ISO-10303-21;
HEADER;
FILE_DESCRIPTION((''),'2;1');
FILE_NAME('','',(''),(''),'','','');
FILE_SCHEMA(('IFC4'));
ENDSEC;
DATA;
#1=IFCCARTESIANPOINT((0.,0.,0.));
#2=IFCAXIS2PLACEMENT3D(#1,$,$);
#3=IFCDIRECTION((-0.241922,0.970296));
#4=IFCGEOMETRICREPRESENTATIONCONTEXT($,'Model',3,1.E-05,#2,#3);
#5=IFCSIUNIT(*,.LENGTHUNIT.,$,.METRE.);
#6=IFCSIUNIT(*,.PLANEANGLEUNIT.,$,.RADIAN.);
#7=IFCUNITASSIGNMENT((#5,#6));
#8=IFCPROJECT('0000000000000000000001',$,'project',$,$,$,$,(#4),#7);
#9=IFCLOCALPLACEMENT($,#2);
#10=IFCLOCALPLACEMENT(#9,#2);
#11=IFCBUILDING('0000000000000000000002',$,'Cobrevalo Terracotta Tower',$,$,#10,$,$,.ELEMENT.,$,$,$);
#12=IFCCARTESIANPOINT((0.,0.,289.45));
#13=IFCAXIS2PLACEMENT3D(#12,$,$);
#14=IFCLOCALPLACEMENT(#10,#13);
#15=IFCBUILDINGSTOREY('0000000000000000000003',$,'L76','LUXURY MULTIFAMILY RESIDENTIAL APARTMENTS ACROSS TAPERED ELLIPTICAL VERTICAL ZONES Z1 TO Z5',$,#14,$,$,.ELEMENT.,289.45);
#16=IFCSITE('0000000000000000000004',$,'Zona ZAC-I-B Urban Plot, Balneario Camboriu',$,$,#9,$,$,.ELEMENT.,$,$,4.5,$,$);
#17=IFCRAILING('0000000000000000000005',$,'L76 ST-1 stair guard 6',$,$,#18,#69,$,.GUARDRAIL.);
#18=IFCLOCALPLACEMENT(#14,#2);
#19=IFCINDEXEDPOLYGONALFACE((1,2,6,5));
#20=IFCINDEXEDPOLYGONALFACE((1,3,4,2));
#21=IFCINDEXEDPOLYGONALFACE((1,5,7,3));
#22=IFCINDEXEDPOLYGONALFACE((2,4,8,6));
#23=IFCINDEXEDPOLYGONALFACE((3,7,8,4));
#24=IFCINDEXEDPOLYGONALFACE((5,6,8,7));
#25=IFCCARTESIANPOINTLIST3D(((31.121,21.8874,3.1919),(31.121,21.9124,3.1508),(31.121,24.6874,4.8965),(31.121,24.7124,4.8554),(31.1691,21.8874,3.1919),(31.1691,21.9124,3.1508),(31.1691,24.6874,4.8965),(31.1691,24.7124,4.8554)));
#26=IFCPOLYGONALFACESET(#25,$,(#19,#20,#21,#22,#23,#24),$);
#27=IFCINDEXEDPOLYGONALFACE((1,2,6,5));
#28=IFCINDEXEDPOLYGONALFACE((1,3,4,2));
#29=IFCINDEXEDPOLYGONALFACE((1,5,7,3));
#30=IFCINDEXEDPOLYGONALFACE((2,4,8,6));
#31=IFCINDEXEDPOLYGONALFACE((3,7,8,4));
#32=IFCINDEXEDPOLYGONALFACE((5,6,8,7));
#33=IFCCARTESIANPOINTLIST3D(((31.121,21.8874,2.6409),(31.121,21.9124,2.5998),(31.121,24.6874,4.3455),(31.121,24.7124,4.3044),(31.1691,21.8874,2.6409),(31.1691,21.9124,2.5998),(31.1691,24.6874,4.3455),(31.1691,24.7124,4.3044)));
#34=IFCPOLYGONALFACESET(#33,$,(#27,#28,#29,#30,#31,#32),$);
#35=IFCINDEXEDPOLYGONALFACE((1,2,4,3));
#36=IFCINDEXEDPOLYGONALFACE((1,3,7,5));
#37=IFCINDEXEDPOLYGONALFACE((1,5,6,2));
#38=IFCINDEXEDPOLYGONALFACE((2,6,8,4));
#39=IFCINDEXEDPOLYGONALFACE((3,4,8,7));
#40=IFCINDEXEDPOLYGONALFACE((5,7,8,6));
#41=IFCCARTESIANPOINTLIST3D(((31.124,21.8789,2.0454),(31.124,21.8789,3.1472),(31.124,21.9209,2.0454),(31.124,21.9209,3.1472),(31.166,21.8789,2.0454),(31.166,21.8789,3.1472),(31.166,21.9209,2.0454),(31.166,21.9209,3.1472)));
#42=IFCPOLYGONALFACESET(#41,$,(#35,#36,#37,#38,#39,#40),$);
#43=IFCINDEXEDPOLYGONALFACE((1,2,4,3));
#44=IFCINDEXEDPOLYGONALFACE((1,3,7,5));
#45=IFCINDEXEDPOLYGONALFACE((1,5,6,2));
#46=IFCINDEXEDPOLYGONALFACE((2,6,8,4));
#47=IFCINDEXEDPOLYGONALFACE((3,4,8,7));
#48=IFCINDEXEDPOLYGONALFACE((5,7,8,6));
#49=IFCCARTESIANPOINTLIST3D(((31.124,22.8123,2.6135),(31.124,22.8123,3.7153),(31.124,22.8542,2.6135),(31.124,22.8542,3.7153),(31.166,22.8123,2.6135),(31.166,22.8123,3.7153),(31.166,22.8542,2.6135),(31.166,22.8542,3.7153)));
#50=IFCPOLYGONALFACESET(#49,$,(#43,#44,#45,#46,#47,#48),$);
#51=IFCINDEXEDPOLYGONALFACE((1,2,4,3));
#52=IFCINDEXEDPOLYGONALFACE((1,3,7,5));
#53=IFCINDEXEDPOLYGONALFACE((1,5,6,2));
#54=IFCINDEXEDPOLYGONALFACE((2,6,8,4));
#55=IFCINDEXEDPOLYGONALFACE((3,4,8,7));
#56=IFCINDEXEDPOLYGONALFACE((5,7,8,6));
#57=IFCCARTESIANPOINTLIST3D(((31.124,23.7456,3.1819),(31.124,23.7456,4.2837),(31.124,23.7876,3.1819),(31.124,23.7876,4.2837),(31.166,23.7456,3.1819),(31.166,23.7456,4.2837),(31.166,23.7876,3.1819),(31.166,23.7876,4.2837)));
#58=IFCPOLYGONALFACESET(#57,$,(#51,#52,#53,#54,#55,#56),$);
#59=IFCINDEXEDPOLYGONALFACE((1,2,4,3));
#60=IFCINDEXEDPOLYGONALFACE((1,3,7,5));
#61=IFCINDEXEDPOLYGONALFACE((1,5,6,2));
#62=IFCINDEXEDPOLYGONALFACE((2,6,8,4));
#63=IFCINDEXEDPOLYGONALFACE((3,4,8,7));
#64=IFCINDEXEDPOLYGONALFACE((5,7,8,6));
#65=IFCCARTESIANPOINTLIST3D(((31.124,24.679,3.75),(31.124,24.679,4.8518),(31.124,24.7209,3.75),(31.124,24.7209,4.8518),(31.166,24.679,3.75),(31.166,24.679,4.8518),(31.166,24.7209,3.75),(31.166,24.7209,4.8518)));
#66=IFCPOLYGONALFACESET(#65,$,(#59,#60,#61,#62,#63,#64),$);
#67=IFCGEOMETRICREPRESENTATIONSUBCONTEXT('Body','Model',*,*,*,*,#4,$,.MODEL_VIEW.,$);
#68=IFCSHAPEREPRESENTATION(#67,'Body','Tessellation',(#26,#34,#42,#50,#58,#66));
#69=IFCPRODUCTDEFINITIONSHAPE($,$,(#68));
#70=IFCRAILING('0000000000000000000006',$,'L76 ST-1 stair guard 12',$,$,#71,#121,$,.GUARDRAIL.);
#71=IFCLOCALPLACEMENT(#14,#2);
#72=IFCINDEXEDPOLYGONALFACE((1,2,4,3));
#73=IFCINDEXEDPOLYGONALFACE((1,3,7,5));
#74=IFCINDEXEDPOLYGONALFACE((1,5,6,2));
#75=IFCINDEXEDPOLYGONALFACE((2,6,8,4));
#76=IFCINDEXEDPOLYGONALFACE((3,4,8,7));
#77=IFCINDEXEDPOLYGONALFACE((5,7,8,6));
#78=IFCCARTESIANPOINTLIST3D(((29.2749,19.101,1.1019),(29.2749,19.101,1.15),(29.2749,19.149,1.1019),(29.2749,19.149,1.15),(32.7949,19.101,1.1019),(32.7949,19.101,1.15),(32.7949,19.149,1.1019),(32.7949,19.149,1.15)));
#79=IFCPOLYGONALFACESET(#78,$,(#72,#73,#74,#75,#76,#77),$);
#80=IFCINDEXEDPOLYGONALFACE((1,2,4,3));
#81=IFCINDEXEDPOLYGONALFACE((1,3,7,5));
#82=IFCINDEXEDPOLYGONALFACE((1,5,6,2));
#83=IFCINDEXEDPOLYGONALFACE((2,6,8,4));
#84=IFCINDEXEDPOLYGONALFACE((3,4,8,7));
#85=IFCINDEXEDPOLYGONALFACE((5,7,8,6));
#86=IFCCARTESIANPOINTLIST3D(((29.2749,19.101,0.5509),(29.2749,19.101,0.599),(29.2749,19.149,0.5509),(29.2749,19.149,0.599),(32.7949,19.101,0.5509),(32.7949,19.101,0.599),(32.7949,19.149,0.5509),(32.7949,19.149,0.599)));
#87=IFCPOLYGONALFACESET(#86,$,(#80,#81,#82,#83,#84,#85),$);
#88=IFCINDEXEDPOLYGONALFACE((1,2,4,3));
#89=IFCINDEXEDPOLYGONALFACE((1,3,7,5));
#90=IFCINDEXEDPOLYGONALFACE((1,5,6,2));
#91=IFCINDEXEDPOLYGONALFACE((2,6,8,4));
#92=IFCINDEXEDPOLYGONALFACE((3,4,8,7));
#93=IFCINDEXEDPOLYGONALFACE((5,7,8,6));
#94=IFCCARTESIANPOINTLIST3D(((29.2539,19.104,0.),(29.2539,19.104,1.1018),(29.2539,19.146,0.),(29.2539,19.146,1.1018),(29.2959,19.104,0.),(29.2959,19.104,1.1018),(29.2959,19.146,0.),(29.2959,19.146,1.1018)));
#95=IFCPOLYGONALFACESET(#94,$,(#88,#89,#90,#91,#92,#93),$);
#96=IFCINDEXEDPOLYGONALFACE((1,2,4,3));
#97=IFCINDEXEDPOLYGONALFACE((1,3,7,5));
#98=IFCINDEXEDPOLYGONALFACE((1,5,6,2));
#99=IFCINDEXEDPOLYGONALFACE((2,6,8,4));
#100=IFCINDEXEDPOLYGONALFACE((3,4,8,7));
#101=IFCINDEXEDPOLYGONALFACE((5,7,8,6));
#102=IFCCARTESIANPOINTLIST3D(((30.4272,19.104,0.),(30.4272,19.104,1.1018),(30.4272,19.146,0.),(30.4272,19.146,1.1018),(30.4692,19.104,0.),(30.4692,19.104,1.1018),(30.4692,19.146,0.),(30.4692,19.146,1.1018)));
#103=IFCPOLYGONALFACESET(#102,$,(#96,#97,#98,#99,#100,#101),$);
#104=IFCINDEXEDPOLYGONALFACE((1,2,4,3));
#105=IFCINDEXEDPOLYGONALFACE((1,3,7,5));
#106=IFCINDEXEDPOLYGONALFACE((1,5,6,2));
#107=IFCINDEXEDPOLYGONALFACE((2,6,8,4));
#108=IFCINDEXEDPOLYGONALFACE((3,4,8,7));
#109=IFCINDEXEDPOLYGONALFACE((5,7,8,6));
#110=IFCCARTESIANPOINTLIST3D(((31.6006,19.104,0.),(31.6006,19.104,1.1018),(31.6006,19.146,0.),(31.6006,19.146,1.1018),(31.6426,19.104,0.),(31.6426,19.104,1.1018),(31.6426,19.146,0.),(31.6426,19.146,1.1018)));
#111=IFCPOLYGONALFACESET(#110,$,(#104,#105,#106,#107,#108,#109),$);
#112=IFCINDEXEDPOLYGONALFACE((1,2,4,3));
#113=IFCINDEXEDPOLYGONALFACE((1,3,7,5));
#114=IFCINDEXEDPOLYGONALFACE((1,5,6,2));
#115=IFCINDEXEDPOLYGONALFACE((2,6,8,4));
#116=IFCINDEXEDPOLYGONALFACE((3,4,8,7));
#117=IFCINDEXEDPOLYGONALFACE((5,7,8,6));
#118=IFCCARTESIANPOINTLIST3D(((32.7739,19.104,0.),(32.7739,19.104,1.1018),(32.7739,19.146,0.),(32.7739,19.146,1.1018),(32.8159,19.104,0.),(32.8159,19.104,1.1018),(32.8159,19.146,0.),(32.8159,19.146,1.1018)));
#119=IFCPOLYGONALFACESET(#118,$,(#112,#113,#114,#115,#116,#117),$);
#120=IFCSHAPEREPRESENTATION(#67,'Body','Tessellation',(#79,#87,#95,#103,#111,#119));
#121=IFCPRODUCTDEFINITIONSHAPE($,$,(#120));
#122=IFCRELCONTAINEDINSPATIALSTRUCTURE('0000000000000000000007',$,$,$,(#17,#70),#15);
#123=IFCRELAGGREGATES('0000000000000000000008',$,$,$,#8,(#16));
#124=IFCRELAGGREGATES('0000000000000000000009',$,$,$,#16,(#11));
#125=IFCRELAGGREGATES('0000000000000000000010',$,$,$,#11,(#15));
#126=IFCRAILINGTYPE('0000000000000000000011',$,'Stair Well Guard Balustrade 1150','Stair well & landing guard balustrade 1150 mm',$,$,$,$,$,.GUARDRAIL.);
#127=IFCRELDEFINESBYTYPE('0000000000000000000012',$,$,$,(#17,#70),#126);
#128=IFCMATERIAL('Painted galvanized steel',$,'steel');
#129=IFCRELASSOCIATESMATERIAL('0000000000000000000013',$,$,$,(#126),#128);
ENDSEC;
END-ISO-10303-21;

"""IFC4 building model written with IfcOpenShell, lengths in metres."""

from ifc_helpers import new_model, si_unit, direction, frame, origin, origin_2d, place, context, subcontext, project, spatial, rectangle, extrude, material, type_object, element, save


model = new_model("IFC4")

# Units and contexts
model_context = context("Model", 3, precision=1e-05, world=origin(), true_north=direction((-0.241922, 0.970296)))
body_context = subcontext(model_context, "Body", "Model", "MODEL_VIEW")
ifc_project = project(units=[si_unit("LENGTHUNIT", "METRE"), si_unit("PLANEANGLEUNIT", "RADIAN")], contexts=[model_context])

# Site, building, storey
site_placement = place(None, origin())
site = spatial("IfcSite", under=ifc_project, at=site_placement, Name="Zona ZAC-I-B Urban Plot, Balneario Camboriu", CompositionType="ELEMENT", RefElevation=4.5)
building_placement = place(site_placement, origin())
building = spatial("IfcBuilding", under=site, at=building_placement, Name="Cobrevalo Terracotta Tower", CompositionType="ELEMENT")
storey_placement = place(building_placement, frame((0.0, 0.0, 289.45)))
storey = spatial("IfcBuildingStorey", under=building, at=storey_placement, Name="L76", Description="LUXURY MULTIFAMILY RESIDENTIAL APARTMENTS ACROSS TAPERED ELLIPTICAL VERTICAL ZONES Z1 TO Z5", CompositionType="ELEMENT", Elevation=289.45)

# Railings
ifc_material_1 = material(Name="Painted galvanized steel", Category="steel")
railing_type_1 = type_object("IfcRailingType", Name="Stair Well Guard Balustrade 1150", Description="Stair well & landing guard balustrade 1150 mm", PredefinedType="GUARDRAIL", material=ifc_material_1)
railing_1_placement = place(storey_placement, frame((31.145, 21.8999, 2.0454)))
element("IfcRailing", 1, at=railing_1_placement, inside=storey, type_object=railing_type_1, Name="L76 ST-1 stair guard 6", PredefinedType="GUARDRAIL", context=body_context, shape_type="SweptSolid", body=[
    extrude(rectangle(XDim=0.0481, YDim=0.0481, at=origin_2d()), frame((0.0, 0.0, 1.126), z_axis=(0.0, 0.85417, 0.519994), x_axis=(-1.0, 0.0, 0.0)), (0.0, 0.0, 1.0), 3.2781),
    extrude(rectangle(XDim=0.0481, YDim=0.0481, at=origin_2d()), frame((0.0, 0.0, 0.575), z_axis=(0.0, 0.85417, 0.519994), x_axis=(-1.0, 0.0, 0.0)), (0.0, 0.0, 1.0), 3.2781),
    extrude(rectangle(XDim=0.042, YDim=0.042, at=origin_2d()), origin(), (0.0, 0.0, 1.0), 1.1018),
    extrude(rectangle(XDim=0.042, YDim=0.042, at=origin_2d()), frame((0.0, 0.9333, 0.5681)), (0.0, 0.0, 1.0), 1.1018),
    extrude(rectangle(XDim=0.042, YDim=0.042, at=origin_2d()), frame((0.0, 1.8667, 1.1365)), (0.0, 0.0, 1.0), 1.1018),
    extrude(rectangle(XDim=0.042, YDim=0.042, at=origin_2d()), frame((0.0, 2.8, 1.7046)), (0.0, 0.0, 1.0), 1.1018),
])
railing_2_placement = place(storey_placement, frame((29.2749, 19.125, 0.0)))
element("IfcRailing", 2, at=railing_2_placement, inside=storey, type_object=railing_type_1, Name="L76 ST-1 stair guard 12", PredefinedType="GUARDRAIL", context=body_context, shape_type="SweptSolid", body=[
    extrude(rectangle(XDim=0.0481, YDim=0.0481, at=origin_2d()), frame((0.0, 0.0, 1.126), z_axis=(1.0, 0.0, 0.0), x_axis=(0.0, 1.0, 0.0)), (0.0, 0.0, 1.0), 3.52),
    extrude(rectangle(XDim=0.0481, YDim=0.0481, at=origin_2d()), frame((0.0, 0.0, 0.575), z_axis=(1.0, 0.0, 0.0), x_axis=(0.0, 1.0, 0.0)), (0.0, 0.0, 1.0), 3.52),
    extrude(rectangle(XDim=0.042, YDim=0.042, at=origin_2d()), origin(), (0.0, 0.0, 1.0), 1.1018),
    extrude(rectangle(XDim=0.042, YDim=0.042, at=origin_2d()), frame((1.1733, 0.0, 0.0)), (0.0, 0.0, 1.0), 1.1018),
    extrude(rectangle(XDim=0.042, YDim=0.042, at=origin_2d()), frame((2.3467, 0.0, 0.0)), (0.0, 0.0, 1.0), 1.1018),
    extrude(rectangle(XDim=0.042, YDim=0.042, at=origin_2d()), frame((3.52, 0.0, 0.0)), (0.0, 0.0, 1.0), 1.1018),
])

save(model, "model.ifc")
